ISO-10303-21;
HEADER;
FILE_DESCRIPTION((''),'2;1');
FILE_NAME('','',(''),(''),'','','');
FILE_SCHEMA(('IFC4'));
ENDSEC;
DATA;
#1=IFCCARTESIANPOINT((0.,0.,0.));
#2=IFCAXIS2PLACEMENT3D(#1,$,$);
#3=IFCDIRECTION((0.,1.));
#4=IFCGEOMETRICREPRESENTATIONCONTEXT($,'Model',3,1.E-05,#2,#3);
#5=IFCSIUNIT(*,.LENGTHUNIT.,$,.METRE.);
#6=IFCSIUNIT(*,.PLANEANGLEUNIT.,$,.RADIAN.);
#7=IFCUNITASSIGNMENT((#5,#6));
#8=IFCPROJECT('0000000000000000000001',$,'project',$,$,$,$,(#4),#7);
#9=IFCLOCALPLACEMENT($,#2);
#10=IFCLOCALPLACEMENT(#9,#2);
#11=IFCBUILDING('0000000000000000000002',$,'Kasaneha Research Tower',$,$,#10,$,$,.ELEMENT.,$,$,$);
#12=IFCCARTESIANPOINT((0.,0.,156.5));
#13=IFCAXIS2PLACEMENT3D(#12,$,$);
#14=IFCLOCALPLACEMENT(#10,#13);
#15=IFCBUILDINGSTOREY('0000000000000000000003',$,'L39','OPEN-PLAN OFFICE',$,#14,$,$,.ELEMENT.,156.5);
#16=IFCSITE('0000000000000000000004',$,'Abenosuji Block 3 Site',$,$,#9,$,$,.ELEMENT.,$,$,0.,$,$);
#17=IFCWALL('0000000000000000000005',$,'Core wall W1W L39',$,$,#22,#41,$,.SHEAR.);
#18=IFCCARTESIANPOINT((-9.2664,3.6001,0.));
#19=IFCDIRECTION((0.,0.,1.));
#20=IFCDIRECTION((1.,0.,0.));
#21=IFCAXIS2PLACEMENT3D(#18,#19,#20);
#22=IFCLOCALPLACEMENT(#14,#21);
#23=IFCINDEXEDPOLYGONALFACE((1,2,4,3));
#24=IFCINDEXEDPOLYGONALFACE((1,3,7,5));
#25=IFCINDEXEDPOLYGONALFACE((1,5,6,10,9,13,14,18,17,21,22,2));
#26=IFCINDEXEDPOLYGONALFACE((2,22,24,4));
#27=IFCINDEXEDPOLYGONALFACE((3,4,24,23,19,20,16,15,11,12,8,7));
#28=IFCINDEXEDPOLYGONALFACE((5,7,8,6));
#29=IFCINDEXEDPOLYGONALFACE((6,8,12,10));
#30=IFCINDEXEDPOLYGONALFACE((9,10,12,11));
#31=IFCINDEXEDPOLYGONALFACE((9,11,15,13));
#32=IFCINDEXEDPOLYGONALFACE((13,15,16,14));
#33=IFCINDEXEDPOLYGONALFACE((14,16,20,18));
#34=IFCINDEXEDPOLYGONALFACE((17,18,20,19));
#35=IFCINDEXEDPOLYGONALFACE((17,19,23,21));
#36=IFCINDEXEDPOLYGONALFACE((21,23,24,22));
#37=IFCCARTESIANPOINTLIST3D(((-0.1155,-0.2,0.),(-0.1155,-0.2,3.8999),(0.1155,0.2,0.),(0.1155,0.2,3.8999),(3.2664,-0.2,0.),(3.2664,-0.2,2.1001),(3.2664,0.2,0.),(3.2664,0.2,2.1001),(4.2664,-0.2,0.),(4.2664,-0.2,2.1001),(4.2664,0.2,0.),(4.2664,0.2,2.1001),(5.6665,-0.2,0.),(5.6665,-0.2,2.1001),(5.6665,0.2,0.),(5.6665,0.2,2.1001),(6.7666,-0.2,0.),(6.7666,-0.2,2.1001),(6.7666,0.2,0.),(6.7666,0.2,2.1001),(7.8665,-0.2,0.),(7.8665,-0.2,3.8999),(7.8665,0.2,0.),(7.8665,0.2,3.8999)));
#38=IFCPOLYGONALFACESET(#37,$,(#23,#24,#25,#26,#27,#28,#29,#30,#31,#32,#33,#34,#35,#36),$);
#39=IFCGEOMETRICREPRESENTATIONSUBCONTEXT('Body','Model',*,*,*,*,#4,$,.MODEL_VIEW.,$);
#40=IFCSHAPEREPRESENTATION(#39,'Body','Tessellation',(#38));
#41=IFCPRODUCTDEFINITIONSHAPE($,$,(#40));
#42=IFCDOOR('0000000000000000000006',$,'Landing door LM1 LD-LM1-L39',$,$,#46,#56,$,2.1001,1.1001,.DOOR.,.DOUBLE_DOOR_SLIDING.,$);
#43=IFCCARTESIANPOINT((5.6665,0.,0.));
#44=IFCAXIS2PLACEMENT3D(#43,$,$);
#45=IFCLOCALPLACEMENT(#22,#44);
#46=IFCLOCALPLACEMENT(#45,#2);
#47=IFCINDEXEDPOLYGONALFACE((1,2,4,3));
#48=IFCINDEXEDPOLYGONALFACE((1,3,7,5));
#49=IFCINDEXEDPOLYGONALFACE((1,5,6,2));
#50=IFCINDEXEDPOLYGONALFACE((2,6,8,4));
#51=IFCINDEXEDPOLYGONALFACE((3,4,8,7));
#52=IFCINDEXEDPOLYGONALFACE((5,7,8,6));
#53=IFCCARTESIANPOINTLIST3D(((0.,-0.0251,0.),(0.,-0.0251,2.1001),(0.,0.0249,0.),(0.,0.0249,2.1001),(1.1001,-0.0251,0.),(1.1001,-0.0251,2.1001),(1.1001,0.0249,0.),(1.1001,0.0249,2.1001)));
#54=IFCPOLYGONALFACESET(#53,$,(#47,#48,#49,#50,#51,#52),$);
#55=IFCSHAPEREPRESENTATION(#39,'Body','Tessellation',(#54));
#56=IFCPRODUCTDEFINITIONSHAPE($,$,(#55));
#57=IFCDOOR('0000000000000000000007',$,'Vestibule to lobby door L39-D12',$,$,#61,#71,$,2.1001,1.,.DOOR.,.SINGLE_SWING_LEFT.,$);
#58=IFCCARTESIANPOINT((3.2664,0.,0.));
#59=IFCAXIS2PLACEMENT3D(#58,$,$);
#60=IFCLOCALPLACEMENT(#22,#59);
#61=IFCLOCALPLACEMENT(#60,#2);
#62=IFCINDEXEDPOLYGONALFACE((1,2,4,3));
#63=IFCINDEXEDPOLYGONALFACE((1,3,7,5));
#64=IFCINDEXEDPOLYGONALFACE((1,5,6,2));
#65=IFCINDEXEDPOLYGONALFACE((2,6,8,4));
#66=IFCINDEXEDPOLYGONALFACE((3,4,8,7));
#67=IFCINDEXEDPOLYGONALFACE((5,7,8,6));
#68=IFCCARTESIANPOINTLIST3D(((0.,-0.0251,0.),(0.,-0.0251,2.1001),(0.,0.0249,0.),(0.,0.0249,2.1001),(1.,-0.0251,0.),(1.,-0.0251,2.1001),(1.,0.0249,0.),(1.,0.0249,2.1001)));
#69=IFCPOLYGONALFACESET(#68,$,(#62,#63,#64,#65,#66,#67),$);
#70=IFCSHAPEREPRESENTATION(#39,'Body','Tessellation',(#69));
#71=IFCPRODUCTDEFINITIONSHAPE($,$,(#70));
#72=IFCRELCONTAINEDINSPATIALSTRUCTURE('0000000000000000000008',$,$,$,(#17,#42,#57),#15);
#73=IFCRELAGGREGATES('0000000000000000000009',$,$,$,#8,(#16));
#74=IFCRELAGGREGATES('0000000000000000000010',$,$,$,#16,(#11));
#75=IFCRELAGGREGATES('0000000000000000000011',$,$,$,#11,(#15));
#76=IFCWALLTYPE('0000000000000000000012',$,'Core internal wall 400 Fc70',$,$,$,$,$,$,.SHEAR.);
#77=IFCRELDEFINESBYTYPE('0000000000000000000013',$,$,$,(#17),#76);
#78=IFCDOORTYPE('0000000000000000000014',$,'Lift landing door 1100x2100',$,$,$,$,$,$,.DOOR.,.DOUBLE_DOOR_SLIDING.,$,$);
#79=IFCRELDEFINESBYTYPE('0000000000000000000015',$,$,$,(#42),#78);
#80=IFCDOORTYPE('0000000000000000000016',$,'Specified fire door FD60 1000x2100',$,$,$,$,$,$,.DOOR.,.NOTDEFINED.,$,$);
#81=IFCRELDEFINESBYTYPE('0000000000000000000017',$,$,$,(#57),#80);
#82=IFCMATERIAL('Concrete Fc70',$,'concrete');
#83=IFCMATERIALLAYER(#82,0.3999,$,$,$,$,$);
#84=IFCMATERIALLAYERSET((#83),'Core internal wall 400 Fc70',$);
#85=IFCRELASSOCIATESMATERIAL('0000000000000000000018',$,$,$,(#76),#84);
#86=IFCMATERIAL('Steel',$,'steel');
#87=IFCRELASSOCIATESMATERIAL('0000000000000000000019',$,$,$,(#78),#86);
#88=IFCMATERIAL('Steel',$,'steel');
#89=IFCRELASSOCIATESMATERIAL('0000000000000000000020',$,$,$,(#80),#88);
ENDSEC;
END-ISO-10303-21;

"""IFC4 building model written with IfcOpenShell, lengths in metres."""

from ifc_helpers import new_model, si_unit, direction, frame, frame_2d, origin, place, context, subcontext, project, spatial, polyline, rectangle, outline, extrude, material, layer, layer_set, type_object, element, fill, save


model = new_model("IFC4")

# Units and contexts
model_context = context("Model", 3, precision=1e-05, world=origin(), true_north=direction((0.0, 1.0)))
body_context = subcontext(model_context, "Body", "Model", "MODEL_VIEW")
ifc_project = project(units=[si_unit("LENGTHUNIT", "METRE"), si_unit("PLANEANGLEUNIT", "RADIAN")], contexts=[model_context])

# Site, building, storey
site_placement = place(None, origin())
site = spatial("IfcSite", under=ifc_project, at=site_placement, Name="Abenosuji Block 3 Site", CompositionType="ELEMENT", RefElevation=0.0)
building_placement = place(site_placement, origin())
building = spatial("IfcBuilding", under=site, at=building_placement, Name="Kasaneha Research Tower", CompositionType="ELEMENT")
storey_placement = place(building_placement, frame((0.0, 0.0, 156.5)))
storey = spatial("IfcBuildingStorey", under=building, at=storey_placement, Name="L39", Description="OPEN-PLAN OFFICE", CompositionType="ELEMENT", Elevation=156.5)

# Wall, openings, doors
ifc_material_1 = material(Name="Concrete Fc70", Category="concrete")
ifc_layer_1 = layer(ifc_material_1, 0.3999)
ifc_layer_set_1 = layer_set([ifc_layer_1], Name="Core internal wall 400 Fc70")
wall_type = type_object("IfcWallType", Name="Core internal wall 400 Fc70", PredefinedType="SHEAR", material=ifc_layer_set_1)
wall_1_placement = place(storey_placement, frame((-9.2664, 3.6001, 0.0), z_axis=(0.0, 0.0, 1.0), x_axis=(1.0, 0.0, 0.0)))
wall_1 = element("IfcWall", 1, at=wall_1_placement, inside=storey, type_object=wall_type, Name="Core wall W1W L39", PredefinedType="SHEAR", context=body_context, shape_type="SweptSolid", body=[
    extrude(outline(polyline([(-0.1155, -0.2), (3.2664, -0.2), (4.2664, -0.2), (5.6665, -0.2), (6.7666, -0.2), (7.8665, -0.2), (7.8665, 0.2), (6.7666, 0.2), (5.6665, 0.2), (4.2664, 0.2), (3.2664, 0.2), (0.1155, 0.2), (-0.1155, -0.2)])), origin(), (0.0, 0.0, 1.0), 3.8999),
])
opening_1_placement = place(wall_1_placement, frame((3.2664, 0.0, 0.0)))
opening_1 = element("IfcOpeningElement", 2, at=opening_1_placement, cuts=wall_1, PredefinedType="OPENING", context=body_context, shape_type="SweptSolid", body=[
    extrude(rectangle(XDim=1.0, YDim=2.1001, at=frame_2d((0.5, 1.05))), frame((0.0, 0.21, 0.0), z_axis=(0.0, -1.0, 0.0), x_axis=(1.0, 0.0, 0.0)), (0.0, 0.0, 1.0), 0.4199),
])
opening_2_placement = place(wall_1_placement, frame((5.6665, 0.0, 0.0)))
opening_2 = element("IfcOpeningElement", 3, at=opening_2_placement, cuts=wall_1, PredefinedType="OPENING", context=body_context, shape_type="SweptSolid", body=[
    extrude(rectangle(XDim=1.1001, YDim=2.1001, at=frame_2d((0.55, 1.05))), frame((0.0, 0.21, 0.0), z_axis=(0.0, -1.0, 0.0), x_axis=(1.0, 0.0, 0.0)), (0.0, 0.0, 1.0), 0.4199),
])
ifc_material_2 = material(Name="Steel", Category="steel")
door_type_1 = type_object("IfcDoorType", Name="Lift landing door 1100x2100", OperationType="DOUBLE_DOOR_SLIDING", PredefinedType="DOOR", material=ifc_material_2)
door_1_placement = place(opening_2_placement, origin())
door_1 = element("IfcDoor", 4, at=door_1_placement, inside=storey, type_object=door_type_1, Name="Landing door LM1 LD-LM1-L39", OperationType="DOUBLE_DOOR_SLIDING", OverallHeight=2.1001, OverallWidth=1.1001, PredefinedType="DOOR", context=body_context, shape_type="SweptSolid", body=[
    extrude(rectangle(XDim=1.1001, YDim=2.1001, at=frame_2d((0.55, 1.05))), frame((0.0, 0.0249, 0.0), z_axis=(0.0, -1.0, 0.0), x_axis=(1.0, 0.0, 0.0)), (0.0, 0.0, 1.0), 0.05),
])
fill(opening_2, door_1)
ifc_material_3 = material(Name="Steel", Category="steel")
door_type_2 = type_object("IfcDoorType", Name="Specified fire door FD60 1000x2100", OperationType="NOTDEFINED", PredefinedType="DOOR", material=ifc_material_3)
door_2_placement = place(opening_1_placement, origin())
door_2 = element("IfcDoor", 5, at=door_2_placement, inside=storey, type_object=door_type_2, Name="Vestibule to lobby door L39-D12", OperationType="SINGLE_SWING_LEFT", OverallHeight=2.1001, OverallWidth=1.0, PredefinedType="DOOR", context=body_context, shape_type="SweptSolid", body=[
    extrude(rectangle(XDim=1.0, YDim=2.1001, at=frame_2d((0.5, 1.05))), frame((0.0, 0.0249, 0.0), z_axis=(0.0, -1.0, 0.0), x_axis=(1.0, 0.0, 0.0)), (0.0, 0.0, 1.0), 0.05),
])
fill(opening_1, door_2)

save(model, "model.ifc")
